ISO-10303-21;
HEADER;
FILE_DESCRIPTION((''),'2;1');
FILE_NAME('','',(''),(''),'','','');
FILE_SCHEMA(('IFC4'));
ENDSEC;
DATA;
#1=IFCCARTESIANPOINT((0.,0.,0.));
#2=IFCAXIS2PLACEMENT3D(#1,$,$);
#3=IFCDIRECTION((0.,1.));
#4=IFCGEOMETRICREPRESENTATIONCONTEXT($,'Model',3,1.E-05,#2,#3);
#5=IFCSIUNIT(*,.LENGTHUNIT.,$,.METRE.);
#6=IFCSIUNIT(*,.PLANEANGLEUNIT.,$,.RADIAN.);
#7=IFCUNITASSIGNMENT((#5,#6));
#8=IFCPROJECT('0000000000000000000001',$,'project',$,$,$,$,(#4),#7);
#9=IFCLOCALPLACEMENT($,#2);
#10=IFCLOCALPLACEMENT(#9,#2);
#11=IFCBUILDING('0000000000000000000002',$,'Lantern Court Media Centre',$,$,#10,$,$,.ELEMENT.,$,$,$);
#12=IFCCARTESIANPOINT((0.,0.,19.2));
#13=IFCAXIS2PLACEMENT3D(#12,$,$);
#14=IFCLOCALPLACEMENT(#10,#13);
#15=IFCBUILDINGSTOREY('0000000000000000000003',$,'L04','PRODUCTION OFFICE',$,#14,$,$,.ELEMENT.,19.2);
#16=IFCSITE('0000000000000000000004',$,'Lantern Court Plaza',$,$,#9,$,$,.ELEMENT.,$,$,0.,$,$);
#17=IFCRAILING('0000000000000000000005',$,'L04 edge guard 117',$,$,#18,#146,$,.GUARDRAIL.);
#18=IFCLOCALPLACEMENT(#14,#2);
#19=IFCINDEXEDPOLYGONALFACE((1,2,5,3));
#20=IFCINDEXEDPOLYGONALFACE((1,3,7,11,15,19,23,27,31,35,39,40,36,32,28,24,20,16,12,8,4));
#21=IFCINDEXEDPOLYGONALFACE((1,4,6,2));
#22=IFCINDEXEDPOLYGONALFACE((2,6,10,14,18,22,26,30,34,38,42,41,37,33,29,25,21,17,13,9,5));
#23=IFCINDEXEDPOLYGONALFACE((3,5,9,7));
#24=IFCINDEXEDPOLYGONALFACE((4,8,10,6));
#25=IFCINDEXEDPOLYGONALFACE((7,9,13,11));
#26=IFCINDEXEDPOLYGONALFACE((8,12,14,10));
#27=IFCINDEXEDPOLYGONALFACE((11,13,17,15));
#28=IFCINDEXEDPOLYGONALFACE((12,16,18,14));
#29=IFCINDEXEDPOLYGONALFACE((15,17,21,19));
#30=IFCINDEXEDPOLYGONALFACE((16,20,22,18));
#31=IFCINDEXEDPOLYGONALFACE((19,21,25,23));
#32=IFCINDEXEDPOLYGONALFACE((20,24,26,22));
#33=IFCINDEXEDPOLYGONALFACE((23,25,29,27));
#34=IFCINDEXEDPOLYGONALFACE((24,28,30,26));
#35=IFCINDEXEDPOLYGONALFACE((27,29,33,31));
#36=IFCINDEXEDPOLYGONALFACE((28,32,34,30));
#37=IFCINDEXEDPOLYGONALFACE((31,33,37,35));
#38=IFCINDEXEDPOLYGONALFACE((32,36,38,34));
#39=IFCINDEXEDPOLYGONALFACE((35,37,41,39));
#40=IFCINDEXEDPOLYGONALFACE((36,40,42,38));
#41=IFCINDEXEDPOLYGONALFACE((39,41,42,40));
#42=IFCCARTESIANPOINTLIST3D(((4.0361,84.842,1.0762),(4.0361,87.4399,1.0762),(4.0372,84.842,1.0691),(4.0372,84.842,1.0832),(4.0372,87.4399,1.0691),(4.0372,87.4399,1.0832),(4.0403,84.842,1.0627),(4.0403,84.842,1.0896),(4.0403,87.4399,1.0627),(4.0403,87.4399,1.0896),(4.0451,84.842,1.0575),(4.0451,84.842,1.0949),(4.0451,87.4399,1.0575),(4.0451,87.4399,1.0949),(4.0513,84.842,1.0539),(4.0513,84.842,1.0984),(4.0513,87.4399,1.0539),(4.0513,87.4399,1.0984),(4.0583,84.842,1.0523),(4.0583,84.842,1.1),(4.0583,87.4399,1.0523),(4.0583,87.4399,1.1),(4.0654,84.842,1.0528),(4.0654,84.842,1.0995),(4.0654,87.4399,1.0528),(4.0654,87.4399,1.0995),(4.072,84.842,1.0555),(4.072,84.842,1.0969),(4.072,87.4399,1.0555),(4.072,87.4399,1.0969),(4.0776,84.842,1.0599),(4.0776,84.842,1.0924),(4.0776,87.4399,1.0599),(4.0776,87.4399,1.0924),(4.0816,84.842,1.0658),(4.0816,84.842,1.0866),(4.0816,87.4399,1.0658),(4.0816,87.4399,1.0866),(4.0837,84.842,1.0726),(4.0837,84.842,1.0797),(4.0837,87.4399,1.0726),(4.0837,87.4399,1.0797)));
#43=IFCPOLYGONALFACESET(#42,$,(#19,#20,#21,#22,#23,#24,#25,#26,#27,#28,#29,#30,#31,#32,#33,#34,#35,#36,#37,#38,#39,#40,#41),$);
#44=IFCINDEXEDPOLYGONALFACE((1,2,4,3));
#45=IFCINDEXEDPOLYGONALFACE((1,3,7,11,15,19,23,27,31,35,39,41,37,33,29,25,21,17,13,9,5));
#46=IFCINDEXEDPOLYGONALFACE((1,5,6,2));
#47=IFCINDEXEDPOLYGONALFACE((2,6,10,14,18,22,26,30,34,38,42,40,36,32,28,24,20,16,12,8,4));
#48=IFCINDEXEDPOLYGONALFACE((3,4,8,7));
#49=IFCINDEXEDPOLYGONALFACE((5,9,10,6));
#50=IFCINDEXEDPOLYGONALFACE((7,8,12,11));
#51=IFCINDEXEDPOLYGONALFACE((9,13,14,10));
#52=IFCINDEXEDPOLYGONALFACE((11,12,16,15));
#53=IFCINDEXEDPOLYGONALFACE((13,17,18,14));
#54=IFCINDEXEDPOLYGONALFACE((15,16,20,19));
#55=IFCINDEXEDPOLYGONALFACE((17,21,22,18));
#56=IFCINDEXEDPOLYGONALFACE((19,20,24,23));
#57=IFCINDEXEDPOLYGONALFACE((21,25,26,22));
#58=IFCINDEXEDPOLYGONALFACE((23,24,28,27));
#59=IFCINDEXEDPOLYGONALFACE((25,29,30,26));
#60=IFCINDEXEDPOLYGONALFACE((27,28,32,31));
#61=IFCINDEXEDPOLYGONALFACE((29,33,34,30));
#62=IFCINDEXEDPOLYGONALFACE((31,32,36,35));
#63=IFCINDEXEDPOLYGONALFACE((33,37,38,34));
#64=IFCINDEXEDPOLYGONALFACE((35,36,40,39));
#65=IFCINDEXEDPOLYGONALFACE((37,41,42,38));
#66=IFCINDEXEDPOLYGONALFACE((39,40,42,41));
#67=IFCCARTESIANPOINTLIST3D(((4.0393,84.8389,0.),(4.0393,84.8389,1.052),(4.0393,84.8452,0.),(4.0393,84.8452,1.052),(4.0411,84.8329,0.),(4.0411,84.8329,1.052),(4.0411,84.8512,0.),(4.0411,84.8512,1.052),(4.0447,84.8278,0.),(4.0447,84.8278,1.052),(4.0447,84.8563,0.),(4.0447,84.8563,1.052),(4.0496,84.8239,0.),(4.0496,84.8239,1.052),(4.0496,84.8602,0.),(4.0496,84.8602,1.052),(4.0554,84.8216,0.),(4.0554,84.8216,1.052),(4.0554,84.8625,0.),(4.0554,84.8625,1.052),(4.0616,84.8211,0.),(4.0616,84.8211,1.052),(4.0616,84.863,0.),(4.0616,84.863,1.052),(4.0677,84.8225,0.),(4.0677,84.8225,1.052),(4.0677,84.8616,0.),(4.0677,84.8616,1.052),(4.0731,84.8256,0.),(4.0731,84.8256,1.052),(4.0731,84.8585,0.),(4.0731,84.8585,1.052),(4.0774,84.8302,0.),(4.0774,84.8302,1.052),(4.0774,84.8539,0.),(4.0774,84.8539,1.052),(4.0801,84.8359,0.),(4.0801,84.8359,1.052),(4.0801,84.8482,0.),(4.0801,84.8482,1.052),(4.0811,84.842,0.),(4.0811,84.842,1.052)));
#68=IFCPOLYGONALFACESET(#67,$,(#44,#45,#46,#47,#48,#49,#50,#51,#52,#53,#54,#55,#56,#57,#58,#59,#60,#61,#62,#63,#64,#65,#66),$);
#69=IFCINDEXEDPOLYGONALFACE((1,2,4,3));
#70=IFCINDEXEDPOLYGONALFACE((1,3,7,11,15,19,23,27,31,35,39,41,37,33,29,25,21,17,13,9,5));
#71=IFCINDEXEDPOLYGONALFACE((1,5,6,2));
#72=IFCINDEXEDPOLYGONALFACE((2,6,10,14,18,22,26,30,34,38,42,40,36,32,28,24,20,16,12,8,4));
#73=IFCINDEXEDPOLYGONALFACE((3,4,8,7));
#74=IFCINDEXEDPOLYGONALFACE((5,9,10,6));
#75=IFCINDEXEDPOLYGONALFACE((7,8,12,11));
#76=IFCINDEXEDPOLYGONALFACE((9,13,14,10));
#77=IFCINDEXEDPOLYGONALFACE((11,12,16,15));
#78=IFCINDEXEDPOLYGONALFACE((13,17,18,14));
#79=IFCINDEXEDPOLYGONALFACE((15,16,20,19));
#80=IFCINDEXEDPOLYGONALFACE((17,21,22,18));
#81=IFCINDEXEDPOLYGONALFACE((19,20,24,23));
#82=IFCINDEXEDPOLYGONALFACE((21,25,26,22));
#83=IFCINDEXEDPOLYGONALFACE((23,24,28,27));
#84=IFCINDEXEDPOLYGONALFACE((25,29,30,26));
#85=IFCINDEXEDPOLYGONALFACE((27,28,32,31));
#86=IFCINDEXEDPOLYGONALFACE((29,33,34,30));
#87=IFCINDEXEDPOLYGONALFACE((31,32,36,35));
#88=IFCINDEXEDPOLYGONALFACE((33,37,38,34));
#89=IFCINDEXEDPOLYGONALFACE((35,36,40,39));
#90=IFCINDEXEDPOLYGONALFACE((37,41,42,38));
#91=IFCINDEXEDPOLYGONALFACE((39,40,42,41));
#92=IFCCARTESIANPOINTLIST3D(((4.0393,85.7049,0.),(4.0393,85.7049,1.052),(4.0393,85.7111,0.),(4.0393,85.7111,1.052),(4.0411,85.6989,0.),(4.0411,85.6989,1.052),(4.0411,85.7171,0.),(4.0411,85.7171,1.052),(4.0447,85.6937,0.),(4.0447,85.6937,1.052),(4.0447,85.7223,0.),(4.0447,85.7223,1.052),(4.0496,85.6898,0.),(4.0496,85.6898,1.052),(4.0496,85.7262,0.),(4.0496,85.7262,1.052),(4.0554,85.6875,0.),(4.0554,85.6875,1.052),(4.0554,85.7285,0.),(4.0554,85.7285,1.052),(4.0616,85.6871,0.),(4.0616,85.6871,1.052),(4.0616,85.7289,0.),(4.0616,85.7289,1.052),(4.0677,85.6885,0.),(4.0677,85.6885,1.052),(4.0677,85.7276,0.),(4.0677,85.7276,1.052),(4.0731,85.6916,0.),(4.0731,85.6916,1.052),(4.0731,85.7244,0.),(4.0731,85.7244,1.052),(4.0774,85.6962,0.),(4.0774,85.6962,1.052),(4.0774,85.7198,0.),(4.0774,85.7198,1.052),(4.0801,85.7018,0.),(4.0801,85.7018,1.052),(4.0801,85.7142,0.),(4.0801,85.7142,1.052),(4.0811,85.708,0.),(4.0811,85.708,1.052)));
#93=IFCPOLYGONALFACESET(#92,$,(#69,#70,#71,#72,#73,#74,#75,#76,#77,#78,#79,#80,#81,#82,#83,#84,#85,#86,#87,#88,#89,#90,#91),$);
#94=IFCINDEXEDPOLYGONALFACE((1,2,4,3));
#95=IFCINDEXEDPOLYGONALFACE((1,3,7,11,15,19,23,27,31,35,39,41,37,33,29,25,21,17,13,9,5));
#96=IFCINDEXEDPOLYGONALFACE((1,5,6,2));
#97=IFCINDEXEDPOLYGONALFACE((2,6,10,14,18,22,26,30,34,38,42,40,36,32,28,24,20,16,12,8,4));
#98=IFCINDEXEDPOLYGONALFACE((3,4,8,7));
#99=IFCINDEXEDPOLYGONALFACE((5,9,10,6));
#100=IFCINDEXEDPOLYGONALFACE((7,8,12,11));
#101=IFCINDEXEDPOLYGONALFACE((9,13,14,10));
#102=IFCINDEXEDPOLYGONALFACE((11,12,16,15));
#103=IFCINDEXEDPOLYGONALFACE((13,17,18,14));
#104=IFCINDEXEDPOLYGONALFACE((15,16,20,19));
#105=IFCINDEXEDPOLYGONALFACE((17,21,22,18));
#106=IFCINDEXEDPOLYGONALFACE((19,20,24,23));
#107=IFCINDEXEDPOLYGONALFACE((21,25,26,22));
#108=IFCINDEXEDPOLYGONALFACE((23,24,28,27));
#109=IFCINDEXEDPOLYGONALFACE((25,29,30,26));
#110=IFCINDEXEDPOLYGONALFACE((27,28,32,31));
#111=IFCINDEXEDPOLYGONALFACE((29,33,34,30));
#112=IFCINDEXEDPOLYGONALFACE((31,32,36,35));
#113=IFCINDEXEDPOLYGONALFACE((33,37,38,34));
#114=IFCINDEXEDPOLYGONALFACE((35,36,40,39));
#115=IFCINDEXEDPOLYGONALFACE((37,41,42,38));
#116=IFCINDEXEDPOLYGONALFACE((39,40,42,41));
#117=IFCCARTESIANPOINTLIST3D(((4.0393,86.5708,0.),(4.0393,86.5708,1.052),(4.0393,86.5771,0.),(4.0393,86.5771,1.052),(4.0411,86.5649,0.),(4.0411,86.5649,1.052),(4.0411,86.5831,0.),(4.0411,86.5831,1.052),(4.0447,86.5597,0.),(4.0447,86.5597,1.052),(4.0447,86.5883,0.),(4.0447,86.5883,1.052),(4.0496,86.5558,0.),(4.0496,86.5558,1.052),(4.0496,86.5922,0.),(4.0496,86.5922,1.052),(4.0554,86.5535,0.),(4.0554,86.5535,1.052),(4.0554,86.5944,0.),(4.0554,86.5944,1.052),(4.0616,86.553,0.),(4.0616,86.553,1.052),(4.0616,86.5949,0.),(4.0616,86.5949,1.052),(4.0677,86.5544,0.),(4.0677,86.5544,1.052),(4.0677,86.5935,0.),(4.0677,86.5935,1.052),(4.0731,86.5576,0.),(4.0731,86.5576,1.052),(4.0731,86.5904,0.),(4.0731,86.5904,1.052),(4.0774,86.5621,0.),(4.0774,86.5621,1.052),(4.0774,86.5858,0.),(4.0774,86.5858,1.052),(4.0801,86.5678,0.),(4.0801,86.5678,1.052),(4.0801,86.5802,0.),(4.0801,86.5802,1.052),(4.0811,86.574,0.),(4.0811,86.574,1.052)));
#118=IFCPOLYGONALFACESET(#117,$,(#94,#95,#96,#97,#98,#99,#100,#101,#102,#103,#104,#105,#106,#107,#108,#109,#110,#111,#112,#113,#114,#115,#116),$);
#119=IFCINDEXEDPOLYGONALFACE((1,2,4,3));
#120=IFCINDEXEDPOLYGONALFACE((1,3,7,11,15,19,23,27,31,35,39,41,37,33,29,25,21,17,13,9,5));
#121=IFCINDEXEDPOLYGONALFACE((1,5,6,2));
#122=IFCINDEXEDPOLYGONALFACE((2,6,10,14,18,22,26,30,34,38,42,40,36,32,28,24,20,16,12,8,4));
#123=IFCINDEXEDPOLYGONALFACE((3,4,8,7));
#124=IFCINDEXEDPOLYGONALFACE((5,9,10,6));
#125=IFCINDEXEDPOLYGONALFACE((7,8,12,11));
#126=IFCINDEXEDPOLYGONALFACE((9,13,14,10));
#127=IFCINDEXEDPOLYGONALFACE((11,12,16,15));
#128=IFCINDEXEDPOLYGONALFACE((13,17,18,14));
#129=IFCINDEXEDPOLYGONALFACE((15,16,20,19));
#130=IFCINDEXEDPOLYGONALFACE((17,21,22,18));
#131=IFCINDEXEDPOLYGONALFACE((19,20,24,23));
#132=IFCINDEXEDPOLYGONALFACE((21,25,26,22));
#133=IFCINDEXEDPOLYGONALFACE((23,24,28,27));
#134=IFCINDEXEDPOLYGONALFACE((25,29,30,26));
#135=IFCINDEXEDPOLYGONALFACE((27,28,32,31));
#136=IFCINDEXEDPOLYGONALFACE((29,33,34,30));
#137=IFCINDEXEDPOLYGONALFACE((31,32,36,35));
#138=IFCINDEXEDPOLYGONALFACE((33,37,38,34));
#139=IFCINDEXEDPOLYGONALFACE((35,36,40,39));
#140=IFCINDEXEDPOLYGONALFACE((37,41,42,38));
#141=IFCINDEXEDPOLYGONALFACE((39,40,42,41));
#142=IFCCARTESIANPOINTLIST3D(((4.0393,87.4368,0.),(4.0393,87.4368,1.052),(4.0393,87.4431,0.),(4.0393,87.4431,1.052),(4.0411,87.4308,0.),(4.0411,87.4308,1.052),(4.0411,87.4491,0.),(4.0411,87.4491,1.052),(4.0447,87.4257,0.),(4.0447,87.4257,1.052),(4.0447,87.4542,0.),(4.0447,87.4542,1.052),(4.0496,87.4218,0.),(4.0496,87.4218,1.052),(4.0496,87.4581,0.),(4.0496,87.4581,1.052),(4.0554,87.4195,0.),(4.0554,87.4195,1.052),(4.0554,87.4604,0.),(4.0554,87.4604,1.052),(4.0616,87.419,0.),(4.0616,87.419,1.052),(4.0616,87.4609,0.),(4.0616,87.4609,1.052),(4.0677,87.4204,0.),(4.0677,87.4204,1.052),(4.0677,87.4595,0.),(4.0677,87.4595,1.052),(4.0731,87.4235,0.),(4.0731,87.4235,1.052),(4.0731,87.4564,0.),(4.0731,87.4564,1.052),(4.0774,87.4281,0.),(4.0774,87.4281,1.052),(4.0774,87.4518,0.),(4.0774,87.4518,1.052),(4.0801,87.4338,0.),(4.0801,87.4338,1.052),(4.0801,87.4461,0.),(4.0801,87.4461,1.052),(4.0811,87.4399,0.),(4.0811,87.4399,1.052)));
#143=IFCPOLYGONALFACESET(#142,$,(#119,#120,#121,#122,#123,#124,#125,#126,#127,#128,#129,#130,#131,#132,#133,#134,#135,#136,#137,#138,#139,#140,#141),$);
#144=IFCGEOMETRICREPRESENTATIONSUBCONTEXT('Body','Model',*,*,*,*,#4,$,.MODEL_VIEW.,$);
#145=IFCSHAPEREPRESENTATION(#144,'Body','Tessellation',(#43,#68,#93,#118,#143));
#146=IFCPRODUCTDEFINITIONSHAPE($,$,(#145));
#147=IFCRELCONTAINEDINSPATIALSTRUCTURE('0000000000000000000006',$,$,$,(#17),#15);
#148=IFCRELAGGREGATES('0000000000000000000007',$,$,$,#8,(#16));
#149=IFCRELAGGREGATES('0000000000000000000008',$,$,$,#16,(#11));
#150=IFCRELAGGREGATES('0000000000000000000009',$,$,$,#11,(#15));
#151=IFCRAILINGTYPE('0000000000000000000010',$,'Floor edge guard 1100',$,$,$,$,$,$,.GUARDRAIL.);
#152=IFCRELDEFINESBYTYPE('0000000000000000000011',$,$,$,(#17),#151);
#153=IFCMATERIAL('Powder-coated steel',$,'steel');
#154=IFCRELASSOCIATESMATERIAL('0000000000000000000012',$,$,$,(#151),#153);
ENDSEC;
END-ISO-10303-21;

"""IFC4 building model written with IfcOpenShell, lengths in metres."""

from ifc_helpers import new_model, si_unit, direction, frame, origin, origin_2d, place, context, subcontext, project, spatial, circle, extrude, material, type_object, element, save


model = new_model("IFC4")

# Units and contexts
model_context = context("Model", 3, precision=1e-05, world=origin(), true_north=direction((0.0, 1.0)))
body_context = subcontext(model_context, "Body", "Model", "MODEL_VIEW")
ifc_project = project(units=[si_unit("LENGTHUNIT", "METRE"), si_unit("PLANEANGLEUNIT", "RADIAN")], contexts=[model_context])

# Site, building, storey
site_placement = place(None, origin())
site = spatial("IfcSite", under=ifc_project, at=site_placement, Name="Lantern Court Plaza", CompositionType="ELEMENT", RefElevation=0.0)
building_placement = place(site_placement, origin())
building = spatial("IfcBuilding", under=site, at=building_placement, Name="Lantern Court Media Centre", CompositionType="ELEMENT")
storey_placement = place(building_placement, frame((0.0, 0.0, 19.2)))
storey = spatial("IfcBuildingStorey", under=building, at=storey_placement, Name="L04", Description="PRODUCTION OFFICE", CompositionType="ELEMENT", Elevation=19.2)

# Railing
ifc_material_1 = material(Name="Powder-coated steel", Category="steel")
railing_type = type_object("IfcRailingType", Name="Floor edge guard 1100", PredefinedType="GUARDRAIL", material=ifc_material_1)
for number, where, name in (
    (1, (4.0601, 84.842, 0.0), "L04 edge guard 117"),
):
    element("IfcRailing", number, at=place(storey_placement, frame(where)), inside=storey, type_object=railing_type, Name=name, PredefinedType="GUARDRAIL", context=body_context, shape_type="SweptSolid", body=[
        extrude(circle(Radius=0.0239, at=origin_2d()), frame((0.0, 0.0, 1.0762), z_axis=(0.0, 1.0, 0.0), x_axis=(-1.0, 0.0, 0.0)), (0.0, 0.0, 1.0), 2.5979),
        extrude(circle(Radius=0.021, at=origin_2d()), origin(), (0.0, 0.0, 1.0), 1.052),
        extrude(circle(Radius=0.021, at=origin_2d()), frame((0.0, 0.866, 0.0)), (0.0, 0.0, 1.0), 1.052),
        extrude(circle(Radius=0.021, at=origin_2d()), frame((0.0, 1.7319, 0.0)), (0.0, 0.0, 1.0), 1.052),
        extrude(circle(Radius=0.021, at=origin_2d()), frame((0.0, 2.5979, 0.0)), (0.0, 0.0, 1.0), 1.052),
    ])

save(model, "model.ifc")
